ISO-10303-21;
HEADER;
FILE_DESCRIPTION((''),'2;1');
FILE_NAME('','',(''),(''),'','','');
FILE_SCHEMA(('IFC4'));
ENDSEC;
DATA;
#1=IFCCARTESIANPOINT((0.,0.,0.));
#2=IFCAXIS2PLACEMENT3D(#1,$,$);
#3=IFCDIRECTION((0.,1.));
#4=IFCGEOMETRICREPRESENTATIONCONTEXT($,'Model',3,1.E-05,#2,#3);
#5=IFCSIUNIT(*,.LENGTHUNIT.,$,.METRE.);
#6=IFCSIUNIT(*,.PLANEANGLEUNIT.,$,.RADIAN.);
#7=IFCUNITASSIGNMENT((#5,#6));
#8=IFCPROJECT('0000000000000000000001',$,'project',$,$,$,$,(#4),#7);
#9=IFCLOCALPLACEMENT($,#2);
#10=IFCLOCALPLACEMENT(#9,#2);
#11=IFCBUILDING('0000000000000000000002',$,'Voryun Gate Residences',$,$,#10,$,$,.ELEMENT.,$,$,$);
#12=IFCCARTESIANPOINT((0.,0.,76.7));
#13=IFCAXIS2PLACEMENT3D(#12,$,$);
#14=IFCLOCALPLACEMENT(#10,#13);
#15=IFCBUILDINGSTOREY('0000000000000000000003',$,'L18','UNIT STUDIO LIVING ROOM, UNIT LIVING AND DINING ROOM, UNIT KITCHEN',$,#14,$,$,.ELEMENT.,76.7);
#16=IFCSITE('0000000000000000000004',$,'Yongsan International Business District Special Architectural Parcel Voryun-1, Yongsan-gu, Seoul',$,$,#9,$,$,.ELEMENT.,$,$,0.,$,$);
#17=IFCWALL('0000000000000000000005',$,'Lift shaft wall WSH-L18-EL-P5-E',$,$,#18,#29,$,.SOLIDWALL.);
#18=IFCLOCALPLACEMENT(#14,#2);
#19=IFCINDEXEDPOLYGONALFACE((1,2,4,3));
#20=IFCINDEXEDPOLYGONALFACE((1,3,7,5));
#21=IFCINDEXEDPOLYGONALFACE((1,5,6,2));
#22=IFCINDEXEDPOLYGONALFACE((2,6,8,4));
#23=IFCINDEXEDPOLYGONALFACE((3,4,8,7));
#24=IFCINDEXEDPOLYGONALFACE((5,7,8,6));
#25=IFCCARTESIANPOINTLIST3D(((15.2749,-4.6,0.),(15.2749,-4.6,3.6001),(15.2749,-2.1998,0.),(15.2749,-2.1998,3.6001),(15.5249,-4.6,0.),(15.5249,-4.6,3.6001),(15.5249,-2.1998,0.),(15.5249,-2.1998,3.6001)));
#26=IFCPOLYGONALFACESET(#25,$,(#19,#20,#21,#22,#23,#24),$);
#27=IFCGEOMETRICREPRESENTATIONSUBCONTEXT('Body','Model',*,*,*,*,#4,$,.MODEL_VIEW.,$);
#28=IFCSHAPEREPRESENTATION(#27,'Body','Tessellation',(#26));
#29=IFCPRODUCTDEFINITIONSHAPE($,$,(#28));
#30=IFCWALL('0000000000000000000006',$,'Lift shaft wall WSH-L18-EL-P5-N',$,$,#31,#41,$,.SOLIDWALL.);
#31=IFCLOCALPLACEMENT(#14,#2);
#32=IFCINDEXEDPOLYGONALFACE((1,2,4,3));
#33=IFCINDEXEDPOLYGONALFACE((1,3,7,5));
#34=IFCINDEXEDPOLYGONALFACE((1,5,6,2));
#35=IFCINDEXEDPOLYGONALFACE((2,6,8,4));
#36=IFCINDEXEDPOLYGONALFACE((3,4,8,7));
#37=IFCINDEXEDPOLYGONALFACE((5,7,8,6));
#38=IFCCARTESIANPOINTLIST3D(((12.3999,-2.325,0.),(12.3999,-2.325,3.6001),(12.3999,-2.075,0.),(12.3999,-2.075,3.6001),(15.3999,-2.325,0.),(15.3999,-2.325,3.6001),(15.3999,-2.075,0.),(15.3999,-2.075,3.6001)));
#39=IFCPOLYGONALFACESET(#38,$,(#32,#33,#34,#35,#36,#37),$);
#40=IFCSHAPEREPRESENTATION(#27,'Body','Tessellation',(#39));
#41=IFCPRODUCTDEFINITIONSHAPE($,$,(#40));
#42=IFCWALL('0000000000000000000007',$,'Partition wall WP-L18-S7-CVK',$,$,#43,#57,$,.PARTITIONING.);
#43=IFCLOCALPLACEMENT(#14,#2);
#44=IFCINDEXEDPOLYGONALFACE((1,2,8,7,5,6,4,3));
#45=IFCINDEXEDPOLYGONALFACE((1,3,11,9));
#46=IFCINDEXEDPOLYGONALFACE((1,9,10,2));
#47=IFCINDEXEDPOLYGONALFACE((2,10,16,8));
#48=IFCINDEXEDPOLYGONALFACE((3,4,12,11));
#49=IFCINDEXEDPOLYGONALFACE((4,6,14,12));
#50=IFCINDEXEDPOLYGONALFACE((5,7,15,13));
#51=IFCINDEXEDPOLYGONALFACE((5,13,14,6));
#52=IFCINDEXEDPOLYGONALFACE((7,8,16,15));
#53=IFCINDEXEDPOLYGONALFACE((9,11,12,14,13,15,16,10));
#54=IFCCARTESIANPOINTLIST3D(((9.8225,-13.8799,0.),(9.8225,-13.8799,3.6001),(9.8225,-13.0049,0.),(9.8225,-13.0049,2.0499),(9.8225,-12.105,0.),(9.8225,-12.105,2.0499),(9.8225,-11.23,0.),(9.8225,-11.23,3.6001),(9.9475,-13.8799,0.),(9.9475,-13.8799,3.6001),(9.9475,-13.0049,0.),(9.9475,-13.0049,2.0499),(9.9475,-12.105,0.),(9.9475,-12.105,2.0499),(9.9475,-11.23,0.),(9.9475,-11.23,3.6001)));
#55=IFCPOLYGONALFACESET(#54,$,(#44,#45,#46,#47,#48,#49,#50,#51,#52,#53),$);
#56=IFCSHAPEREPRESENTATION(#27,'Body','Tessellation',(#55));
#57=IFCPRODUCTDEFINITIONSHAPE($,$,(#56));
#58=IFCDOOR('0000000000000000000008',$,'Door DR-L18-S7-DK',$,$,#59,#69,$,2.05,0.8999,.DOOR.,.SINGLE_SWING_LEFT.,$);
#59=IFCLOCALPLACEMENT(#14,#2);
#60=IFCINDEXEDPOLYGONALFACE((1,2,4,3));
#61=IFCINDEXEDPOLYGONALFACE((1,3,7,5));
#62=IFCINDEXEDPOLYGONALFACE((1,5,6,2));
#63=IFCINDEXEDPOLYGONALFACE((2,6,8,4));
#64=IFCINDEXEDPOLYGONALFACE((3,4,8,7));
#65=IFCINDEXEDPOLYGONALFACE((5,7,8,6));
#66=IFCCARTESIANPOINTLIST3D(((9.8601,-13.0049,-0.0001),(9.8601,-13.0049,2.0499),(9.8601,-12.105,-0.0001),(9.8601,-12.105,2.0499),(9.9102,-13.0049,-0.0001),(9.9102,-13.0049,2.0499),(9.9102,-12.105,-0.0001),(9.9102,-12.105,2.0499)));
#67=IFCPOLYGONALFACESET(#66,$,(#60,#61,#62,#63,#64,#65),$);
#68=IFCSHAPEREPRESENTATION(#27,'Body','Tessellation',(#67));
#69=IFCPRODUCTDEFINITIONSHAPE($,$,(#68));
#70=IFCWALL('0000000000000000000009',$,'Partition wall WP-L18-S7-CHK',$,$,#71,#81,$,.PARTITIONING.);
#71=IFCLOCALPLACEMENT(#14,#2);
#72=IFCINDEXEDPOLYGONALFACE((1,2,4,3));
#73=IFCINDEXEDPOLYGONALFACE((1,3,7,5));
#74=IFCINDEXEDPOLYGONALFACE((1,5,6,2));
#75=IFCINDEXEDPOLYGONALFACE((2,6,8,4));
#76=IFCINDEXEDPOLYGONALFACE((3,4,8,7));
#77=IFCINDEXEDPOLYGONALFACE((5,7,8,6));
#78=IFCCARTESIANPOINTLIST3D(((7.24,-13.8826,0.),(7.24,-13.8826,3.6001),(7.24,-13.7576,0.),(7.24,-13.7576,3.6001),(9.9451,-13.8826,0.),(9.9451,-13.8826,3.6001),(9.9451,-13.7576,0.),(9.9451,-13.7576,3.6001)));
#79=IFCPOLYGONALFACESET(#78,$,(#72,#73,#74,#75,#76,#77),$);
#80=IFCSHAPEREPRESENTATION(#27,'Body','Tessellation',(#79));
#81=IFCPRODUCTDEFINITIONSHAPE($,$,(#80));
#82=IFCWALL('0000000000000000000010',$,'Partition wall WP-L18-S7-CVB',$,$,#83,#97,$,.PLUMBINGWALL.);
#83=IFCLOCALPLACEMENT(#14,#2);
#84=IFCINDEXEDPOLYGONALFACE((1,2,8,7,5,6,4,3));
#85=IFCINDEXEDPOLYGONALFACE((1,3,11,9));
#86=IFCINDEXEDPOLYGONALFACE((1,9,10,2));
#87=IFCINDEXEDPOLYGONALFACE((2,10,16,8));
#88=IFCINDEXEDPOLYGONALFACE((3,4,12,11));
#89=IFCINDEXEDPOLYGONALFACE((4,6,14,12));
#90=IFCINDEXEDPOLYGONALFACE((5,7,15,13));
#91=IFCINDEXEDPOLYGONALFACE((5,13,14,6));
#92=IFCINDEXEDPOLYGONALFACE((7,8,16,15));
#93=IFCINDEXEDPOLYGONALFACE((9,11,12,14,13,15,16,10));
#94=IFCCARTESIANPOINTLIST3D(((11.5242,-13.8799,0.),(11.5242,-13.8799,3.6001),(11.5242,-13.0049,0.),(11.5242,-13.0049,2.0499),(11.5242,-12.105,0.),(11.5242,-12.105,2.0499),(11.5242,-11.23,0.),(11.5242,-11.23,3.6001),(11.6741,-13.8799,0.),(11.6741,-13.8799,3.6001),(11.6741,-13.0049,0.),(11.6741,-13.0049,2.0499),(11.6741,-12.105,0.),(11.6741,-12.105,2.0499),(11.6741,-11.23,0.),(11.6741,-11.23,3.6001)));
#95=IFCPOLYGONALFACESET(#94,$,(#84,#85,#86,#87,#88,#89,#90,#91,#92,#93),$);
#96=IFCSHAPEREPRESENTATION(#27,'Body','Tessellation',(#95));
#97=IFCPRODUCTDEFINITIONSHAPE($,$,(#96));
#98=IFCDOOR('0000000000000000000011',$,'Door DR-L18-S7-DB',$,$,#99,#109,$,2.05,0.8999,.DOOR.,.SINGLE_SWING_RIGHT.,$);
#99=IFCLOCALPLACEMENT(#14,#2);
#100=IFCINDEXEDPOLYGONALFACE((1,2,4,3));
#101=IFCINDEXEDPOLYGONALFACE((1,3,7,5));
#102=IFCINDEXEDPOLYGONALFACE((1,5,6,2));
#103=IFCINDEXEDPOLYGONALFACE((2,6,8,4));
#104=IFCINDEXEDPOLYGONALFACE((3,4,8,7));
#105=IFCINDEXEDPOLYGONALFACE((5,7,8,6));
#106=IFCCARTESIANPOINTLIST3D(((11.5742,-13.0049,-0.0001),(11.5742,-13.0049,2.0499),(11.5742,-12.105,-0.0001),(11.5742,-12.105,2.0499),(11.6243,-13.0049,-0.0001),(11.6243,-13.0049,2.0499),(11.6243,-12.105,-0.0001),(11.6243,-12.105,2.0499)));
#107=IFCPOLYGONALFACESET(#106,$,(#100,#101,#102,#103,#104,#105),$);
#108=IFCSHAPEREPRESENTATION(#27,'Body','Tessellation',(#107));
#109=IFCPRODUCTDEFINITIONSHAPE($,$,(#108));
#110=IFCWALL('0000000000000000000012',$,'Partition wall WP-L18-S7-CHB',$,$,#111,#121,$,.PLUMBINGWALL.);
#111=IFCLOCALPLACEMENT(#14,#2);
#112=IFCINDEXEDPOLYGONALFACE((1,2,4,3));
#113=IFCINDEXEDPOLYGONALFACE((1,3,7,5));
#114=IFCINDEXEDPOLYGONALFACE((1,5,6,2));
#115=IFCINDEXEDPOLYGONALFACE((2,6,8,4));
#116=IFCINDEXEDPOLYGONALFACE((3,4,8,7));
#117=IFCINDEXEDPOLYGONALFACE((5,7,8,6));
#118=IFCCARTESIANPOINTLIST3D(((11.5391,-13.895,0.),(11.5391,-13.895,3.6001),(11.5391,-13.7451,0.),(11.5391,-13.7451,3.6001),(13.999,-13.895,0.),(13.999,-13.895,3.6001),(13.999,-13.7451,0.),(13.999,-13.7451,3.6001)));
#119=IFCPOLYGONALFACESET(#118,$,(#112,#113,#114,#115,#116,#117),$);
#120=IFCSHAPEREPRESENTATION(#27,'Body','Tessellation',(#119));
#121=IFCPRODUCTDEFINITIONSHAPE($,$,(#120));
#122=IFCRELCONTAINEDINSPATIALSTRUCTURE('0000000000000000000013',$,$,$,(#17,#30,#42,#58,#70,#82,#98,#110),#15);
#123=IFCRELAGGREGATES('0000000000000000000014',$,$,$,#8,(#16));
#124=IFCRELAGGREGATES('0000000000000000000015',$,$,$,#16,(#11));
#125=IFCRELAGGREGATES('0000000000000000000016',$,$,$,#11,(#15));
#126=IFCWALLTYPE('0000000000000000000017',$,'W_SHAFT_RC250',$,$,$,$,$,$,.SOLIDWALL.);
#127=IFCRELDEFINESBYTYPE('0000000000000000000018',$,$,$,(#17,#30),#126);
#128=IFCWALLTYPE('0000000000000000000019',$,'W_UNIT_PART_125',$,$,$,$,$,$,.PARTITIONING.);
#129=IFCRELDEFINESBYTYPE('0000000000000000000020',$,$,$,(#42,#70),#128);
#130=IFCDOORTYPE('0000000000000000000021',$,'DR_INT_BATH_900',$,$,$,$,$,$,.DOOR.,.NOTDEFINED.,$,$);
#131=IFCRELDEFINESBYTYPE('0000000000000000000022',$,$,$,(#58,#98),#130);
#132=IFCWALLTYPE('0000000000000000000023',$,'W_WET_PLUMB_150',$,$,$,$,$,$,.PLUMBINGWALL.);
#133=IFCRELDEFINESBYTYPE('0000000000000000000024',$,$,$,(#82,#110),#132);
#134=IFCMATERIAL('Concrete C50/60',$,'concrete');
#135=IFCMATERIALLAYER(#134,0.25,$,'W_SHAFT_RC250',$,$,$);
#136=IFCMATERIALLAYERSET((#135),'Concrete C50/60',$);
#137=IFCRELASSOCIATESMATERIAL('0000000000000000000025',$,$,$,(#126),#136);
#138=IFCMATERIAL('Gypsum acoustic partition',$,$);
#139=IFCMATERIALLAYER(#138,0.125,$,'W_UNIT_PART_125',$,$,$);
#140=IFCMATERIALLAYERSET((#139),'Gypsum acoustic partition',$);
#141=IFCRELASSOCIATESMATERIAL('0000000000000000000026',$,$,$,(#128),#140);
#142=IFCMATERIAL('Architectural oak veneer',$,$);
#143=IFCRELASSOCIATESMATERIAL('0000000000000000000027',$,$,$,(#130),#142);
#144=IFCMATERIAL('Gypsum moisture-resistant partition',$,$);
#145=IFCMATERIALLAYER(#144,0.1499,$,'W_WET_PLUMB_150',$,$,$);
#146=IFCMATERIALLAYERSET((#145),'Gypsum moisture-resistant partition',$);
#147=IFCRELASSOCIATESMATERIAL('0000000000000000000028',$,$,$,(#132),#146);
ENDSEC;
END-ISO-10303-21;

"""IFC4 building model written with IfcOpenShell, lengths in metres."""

from ifc_helpers import new_model, si_unit, direction, frame, frame_2d, origin, place, context, subcontext, project, spatial, rectangle, extrude, material, layer, layer_set, type_object, element, fill, save


model = new_model("IFC4")

# Units and contexts
model_context = context("Model", 3, precision=1e-05, world=origin(), true_north=direction((0.0, 1.0)))
body_context = subcontext(model_context, "Body", "Model", "MODEL_VIEW")
ifc_project = project(units=[si_unit("LENGTHUNIT", "METRE"), si_unit("PLANEANGLEUNIT", "RADIAN")], contexts=[model_context])

# Site, building, storey
site_placement = place(None, origin())
site = spatial("IfcSite", under=ifc_project, at=site_placement, Name="Yongsan International Business District Special Architectural Parcel Voryun-1, Yongsan-gu, Seoul", CompositionType="ELEMENT", RefElevation=0.0)
building_placement = place(site_placement, origin())
building = spatial("IfcBuilding", under=site, at=building_placement, Name="Voryun Gate Residences", CompositionType="ELEMENT")
storey_placement = place(building_placement, frame((0.0, 0.0, 76.7)))
storey = spatial("IfcBuildingStorey", under=building, at=storey_placement, Name="L18", Description="UNIT STUDIO LIVING ROOM, UNIT LIVING AND DINING ROOM, UNIT KITCHEN", CompositionType="ELEMENT", Elevation=76.7)

# Walls
ifc_material_1 = material(Name="Concrete C50/60", Category="concrete")
ifc_layer_1 = layer(ifc_material_1, 0.25, Name="W_SHAFT_RC250")
ifc_layer_set_1 = layer_set([ifc_layer_1], Name="Concrete C50/60")
wall_type_1 = type_object("IfcWallType", Name="W_SHAFT_RC250", PredefinedType="SOLIDWALL", material=ifc_layer_set_1)
wall_1_placement = place(storey_placement, frame((15.3999, -4.6001, 0.0), z_axis=(0.0, 0.0, 1.0), x_axis=(0.0, 1.0, 0.0)))
element("IfcWall", 1, at=wall_1_placement, inside=storey, type_object=wall_type_1, Name="Lift shaft wall WSH-L18-EL-P5-E", PredefinedType="SOLIDWALL", context=body_context, shape_type="SweptSolid", body=[
    extrude(rectangle(XDim=2.4001, YDim=0.25, at=frame_2d((1.2002, 0.0))), origin(), (0.0, 0.0, 1.0), 3.6001),
])
wall_2_placement = place(storey_placement, frame((15.3999, -2.2, 0.0), z_axis=(0.0, 0.0, 1.0), x_axis=(-1.0, 0.0, 0.0)))
element("IfcWall", 2, at=wall_2_placement, inside=storey, type_object=wall_type_1, Name="Lift shaft wall WSH-L18-EL-P5-N", PredefinedType="SOLIDWALL", context=body_context, shape_type="SweptSolid", body=[
    extrude(rectangle(XDim=3.0, YDim=0.25, at=frame_2d((1.5, 0.0))), origin(), (0.0, 0.0, 1.0), 3.6001),
])

# Wall, opening, door
ifc_material_2 = material(Name="Gypsum acoustic partition")
ifc_layer_2 = layer(ifc_material_2, 0.125, Name="W_UNIT_PART_125")
ifc_layer_set_2 = layer_set([ifc_layer_2], Name="Gypsum acoustic partition")
wall_type_2 = type_object("IfcWallType", Name="W_UNIT_PART_125", PredefinedType="PARTITIONING", material=ifc_layer_set_2)
wall_3_placement = place(storey_placement, frame((9.885, -13.8799, 0.0), z_axis=(0.0, 0.0, 1.0), x_axis=(0.0, 1.0, 0.0)))
wall_3 = element("IfcWall", 3, at=wall_3_placement, inside=storey, type_object=wall_type_2, Name="Partition wall WP-L18-S7-CVK", PredefinedType="PARTITIONING", context=body_context, shape_type="SweptSolid", body=[
    extrude(rectangle(XDim=2.6499, YDim=0.125, at=frame_2d((1.325, 0.0))), origin(), (0.0, 0.0, 1.0), 3.6001),
])
opening_1_placement = place(wall_3_placement, frame((0.875, 0.0, 0.0)))
opening_1 = element("IfcOpeningElement", 4, at=opening_1_placement, cuts=wall_3, PredefinedType="OPENING", context=body_context, shape_type="SweptSolid", body=[
    extrude(rectangle(XDim=0.8999, YDim=2.05, at=frame_2d((0.45, 1.0249))), frame((0.0, 0.0725, 0.0), z_axis=(0.0, -1.0, 0.0), x_axis=(1.0, 0.0, 0.0)), (0.0, 0.0, 1.0), 0.145),
])
ifc_material_3 = material(Name="Architectural oak veneer")
door_type_1 = type_object("IfcDoorType", Name="DR_INT_BATH_900", OperationType="NOTDEFINED", PredefinedType="DOOR", material=ifc_material_3)
door_1_placement = place(opening_1_placement, origin())
door_1 = element("IfcDoor", 5, at=door_1_placement, inside=storey, type_object=door_type_1, Name="Door DR-L18-S7-DK", OperationType="SINGLE_SWING_LEFT", OverallHeight=2.05, OverallWidth=0.8999, PredefinedType="DOOR", context=body_context, shape_type="SweptSolid", body=[
    extrude(rectangle(XDim=0.8999, YDim=2.05, at=frame_2d((0.45, 1.0249))), frame((0.0, 0.0249, 0.0), z_axis=(0.0, -1.0, 0.0), x_axis=(1.0, 0.0, 0.0)), (0.0, 0.0, 1.0), 0.05),
])
fill(opening_1, door_1)

# Wall
wall_4_placement = place(storey_placement, frame((7.24, -13.8201, 0.0), z_axis=(0.0, 0.0, 1.0), x_axis=(1.0, 0.0, 0.0)))
element("IfcWall", 6, at=wall_4_placement, inside=storey, type_object=wall_type_2, Name="Partition wall WP-L18-S7-CHK", PredefinedType="PARTITIONING", context=body_context, shape_type="SweptSolid", body=[
    extrude(rectangle(XDim=2.7051, YDim=0.125, at=frame_2d((1.3525, 0.0))), origin(), (0.0, 0.0, 1.0), 3.6001),
])

# Wall, opening, door
ifc_material_4 = material(Name="Gypsum moisture-resistant partition")
ifc_layer_3 = layer(ifc_material_4, 0.1499, Name="W_WET_PLUMB_150")
ifc_layer_set_3 = layer_set([ifc_layer_3], Name="Gypsum moisture-resistant partition")
wall_type_3 = type_object("IfcWallType", Name="W_WET_PLUMB_150", PredefinedType="PLUMBINGWALL", material=ifc_layer_set_3)
wall_5_placement = place(storey_placement, frame((11.5991, -13.8799, 0.0), z_axis=(0.0, 0.0, 1.0), x_axis=(0.0, 1.0, 0.0)))
wall_5 = element("IfcWall", 7, at=wall_5_placement, inside=storey, type_object=wall_type_3, Name="Partition wall WP-L18-S7-CVB", PredefinedType="PLUMBINGWALL", context=body_context, shape_type="SweptSolid", body=[
    extrude(rectangle(XDim=2.6499, YDim=0.1499, at=frame_2d((1.325, 0.0))), origin(), (0.0, 0.0, 1.0), 3.6001),
])
opening_2_placement = place(wall_5_placement, frame((0.875, 0.0, 0.0)))
opening_2 = element("IfcOpeningElement", 8, at=opening_2_placement, cuts=wall_5, PredefinedType="OPENING", context=body_context, shape_type="SweptSolid", body=[
    extrude(rectangle(XDim=0.8999, YDim=2.05, at=frame_2d((0.45, 1.0249))), frame((0.0, 0.085, 0.0), z_axis=(0.0, -1.0, 0.0), x_axis=(1.0, 0.0, 0.0)), (0.0, 0.0, 1.0), 0.1699),
])
door_2_placement = place(opening_2_placement, origin())
door_2 = element("IfcDoor", 9, at=door_2_placement, inside=storey, type_object=door_type_1, Name="Door DR-L18-S7-DB", OperationType="SINGLE_SWING_RIGHT", OverallHeight=2.05, OverallWidth=0.8999, PredefinedType="DOOR", context=body_context, shape_type="SweptSolid", body=[
    extrude(rectangle(XDim=0.8999, YDim=2.05, at=frame_2d((0.45, 1.0249))), frame((0.0, 0.0249, 0.0), z_axis=(0.0, -1.0, 0.0), x_axis=(1.0, 0.0, 0.0)), (0.0, 0.0, 1.0), 0.05),
])
fill(opening_2, door_2)

# Wall
wall_6_placement = place(storey_placement, frame((11.5391, -13.8201, 0.0), z_axis=(0.0, 0.0, 1.0), x_axis=(1.0, 0.0, 0.0)))
element("IfcWall", 10, at=wall_6_placement, inside=storey, type_object=wall_type_3, Name="Partition wall WP-L18-S7-CHB", PredefinedType="PLUMBINGWALL", context=body_context, shape_type="SweptSolid", body=[
    extrude(rectangle(XDim=2.46, YDim=0.1499, at=frame_2d((1.23, 0.0))), origin(), (0.0, 0.0, 1.0), 3.6001),
])

save(model, "model.ifc")
